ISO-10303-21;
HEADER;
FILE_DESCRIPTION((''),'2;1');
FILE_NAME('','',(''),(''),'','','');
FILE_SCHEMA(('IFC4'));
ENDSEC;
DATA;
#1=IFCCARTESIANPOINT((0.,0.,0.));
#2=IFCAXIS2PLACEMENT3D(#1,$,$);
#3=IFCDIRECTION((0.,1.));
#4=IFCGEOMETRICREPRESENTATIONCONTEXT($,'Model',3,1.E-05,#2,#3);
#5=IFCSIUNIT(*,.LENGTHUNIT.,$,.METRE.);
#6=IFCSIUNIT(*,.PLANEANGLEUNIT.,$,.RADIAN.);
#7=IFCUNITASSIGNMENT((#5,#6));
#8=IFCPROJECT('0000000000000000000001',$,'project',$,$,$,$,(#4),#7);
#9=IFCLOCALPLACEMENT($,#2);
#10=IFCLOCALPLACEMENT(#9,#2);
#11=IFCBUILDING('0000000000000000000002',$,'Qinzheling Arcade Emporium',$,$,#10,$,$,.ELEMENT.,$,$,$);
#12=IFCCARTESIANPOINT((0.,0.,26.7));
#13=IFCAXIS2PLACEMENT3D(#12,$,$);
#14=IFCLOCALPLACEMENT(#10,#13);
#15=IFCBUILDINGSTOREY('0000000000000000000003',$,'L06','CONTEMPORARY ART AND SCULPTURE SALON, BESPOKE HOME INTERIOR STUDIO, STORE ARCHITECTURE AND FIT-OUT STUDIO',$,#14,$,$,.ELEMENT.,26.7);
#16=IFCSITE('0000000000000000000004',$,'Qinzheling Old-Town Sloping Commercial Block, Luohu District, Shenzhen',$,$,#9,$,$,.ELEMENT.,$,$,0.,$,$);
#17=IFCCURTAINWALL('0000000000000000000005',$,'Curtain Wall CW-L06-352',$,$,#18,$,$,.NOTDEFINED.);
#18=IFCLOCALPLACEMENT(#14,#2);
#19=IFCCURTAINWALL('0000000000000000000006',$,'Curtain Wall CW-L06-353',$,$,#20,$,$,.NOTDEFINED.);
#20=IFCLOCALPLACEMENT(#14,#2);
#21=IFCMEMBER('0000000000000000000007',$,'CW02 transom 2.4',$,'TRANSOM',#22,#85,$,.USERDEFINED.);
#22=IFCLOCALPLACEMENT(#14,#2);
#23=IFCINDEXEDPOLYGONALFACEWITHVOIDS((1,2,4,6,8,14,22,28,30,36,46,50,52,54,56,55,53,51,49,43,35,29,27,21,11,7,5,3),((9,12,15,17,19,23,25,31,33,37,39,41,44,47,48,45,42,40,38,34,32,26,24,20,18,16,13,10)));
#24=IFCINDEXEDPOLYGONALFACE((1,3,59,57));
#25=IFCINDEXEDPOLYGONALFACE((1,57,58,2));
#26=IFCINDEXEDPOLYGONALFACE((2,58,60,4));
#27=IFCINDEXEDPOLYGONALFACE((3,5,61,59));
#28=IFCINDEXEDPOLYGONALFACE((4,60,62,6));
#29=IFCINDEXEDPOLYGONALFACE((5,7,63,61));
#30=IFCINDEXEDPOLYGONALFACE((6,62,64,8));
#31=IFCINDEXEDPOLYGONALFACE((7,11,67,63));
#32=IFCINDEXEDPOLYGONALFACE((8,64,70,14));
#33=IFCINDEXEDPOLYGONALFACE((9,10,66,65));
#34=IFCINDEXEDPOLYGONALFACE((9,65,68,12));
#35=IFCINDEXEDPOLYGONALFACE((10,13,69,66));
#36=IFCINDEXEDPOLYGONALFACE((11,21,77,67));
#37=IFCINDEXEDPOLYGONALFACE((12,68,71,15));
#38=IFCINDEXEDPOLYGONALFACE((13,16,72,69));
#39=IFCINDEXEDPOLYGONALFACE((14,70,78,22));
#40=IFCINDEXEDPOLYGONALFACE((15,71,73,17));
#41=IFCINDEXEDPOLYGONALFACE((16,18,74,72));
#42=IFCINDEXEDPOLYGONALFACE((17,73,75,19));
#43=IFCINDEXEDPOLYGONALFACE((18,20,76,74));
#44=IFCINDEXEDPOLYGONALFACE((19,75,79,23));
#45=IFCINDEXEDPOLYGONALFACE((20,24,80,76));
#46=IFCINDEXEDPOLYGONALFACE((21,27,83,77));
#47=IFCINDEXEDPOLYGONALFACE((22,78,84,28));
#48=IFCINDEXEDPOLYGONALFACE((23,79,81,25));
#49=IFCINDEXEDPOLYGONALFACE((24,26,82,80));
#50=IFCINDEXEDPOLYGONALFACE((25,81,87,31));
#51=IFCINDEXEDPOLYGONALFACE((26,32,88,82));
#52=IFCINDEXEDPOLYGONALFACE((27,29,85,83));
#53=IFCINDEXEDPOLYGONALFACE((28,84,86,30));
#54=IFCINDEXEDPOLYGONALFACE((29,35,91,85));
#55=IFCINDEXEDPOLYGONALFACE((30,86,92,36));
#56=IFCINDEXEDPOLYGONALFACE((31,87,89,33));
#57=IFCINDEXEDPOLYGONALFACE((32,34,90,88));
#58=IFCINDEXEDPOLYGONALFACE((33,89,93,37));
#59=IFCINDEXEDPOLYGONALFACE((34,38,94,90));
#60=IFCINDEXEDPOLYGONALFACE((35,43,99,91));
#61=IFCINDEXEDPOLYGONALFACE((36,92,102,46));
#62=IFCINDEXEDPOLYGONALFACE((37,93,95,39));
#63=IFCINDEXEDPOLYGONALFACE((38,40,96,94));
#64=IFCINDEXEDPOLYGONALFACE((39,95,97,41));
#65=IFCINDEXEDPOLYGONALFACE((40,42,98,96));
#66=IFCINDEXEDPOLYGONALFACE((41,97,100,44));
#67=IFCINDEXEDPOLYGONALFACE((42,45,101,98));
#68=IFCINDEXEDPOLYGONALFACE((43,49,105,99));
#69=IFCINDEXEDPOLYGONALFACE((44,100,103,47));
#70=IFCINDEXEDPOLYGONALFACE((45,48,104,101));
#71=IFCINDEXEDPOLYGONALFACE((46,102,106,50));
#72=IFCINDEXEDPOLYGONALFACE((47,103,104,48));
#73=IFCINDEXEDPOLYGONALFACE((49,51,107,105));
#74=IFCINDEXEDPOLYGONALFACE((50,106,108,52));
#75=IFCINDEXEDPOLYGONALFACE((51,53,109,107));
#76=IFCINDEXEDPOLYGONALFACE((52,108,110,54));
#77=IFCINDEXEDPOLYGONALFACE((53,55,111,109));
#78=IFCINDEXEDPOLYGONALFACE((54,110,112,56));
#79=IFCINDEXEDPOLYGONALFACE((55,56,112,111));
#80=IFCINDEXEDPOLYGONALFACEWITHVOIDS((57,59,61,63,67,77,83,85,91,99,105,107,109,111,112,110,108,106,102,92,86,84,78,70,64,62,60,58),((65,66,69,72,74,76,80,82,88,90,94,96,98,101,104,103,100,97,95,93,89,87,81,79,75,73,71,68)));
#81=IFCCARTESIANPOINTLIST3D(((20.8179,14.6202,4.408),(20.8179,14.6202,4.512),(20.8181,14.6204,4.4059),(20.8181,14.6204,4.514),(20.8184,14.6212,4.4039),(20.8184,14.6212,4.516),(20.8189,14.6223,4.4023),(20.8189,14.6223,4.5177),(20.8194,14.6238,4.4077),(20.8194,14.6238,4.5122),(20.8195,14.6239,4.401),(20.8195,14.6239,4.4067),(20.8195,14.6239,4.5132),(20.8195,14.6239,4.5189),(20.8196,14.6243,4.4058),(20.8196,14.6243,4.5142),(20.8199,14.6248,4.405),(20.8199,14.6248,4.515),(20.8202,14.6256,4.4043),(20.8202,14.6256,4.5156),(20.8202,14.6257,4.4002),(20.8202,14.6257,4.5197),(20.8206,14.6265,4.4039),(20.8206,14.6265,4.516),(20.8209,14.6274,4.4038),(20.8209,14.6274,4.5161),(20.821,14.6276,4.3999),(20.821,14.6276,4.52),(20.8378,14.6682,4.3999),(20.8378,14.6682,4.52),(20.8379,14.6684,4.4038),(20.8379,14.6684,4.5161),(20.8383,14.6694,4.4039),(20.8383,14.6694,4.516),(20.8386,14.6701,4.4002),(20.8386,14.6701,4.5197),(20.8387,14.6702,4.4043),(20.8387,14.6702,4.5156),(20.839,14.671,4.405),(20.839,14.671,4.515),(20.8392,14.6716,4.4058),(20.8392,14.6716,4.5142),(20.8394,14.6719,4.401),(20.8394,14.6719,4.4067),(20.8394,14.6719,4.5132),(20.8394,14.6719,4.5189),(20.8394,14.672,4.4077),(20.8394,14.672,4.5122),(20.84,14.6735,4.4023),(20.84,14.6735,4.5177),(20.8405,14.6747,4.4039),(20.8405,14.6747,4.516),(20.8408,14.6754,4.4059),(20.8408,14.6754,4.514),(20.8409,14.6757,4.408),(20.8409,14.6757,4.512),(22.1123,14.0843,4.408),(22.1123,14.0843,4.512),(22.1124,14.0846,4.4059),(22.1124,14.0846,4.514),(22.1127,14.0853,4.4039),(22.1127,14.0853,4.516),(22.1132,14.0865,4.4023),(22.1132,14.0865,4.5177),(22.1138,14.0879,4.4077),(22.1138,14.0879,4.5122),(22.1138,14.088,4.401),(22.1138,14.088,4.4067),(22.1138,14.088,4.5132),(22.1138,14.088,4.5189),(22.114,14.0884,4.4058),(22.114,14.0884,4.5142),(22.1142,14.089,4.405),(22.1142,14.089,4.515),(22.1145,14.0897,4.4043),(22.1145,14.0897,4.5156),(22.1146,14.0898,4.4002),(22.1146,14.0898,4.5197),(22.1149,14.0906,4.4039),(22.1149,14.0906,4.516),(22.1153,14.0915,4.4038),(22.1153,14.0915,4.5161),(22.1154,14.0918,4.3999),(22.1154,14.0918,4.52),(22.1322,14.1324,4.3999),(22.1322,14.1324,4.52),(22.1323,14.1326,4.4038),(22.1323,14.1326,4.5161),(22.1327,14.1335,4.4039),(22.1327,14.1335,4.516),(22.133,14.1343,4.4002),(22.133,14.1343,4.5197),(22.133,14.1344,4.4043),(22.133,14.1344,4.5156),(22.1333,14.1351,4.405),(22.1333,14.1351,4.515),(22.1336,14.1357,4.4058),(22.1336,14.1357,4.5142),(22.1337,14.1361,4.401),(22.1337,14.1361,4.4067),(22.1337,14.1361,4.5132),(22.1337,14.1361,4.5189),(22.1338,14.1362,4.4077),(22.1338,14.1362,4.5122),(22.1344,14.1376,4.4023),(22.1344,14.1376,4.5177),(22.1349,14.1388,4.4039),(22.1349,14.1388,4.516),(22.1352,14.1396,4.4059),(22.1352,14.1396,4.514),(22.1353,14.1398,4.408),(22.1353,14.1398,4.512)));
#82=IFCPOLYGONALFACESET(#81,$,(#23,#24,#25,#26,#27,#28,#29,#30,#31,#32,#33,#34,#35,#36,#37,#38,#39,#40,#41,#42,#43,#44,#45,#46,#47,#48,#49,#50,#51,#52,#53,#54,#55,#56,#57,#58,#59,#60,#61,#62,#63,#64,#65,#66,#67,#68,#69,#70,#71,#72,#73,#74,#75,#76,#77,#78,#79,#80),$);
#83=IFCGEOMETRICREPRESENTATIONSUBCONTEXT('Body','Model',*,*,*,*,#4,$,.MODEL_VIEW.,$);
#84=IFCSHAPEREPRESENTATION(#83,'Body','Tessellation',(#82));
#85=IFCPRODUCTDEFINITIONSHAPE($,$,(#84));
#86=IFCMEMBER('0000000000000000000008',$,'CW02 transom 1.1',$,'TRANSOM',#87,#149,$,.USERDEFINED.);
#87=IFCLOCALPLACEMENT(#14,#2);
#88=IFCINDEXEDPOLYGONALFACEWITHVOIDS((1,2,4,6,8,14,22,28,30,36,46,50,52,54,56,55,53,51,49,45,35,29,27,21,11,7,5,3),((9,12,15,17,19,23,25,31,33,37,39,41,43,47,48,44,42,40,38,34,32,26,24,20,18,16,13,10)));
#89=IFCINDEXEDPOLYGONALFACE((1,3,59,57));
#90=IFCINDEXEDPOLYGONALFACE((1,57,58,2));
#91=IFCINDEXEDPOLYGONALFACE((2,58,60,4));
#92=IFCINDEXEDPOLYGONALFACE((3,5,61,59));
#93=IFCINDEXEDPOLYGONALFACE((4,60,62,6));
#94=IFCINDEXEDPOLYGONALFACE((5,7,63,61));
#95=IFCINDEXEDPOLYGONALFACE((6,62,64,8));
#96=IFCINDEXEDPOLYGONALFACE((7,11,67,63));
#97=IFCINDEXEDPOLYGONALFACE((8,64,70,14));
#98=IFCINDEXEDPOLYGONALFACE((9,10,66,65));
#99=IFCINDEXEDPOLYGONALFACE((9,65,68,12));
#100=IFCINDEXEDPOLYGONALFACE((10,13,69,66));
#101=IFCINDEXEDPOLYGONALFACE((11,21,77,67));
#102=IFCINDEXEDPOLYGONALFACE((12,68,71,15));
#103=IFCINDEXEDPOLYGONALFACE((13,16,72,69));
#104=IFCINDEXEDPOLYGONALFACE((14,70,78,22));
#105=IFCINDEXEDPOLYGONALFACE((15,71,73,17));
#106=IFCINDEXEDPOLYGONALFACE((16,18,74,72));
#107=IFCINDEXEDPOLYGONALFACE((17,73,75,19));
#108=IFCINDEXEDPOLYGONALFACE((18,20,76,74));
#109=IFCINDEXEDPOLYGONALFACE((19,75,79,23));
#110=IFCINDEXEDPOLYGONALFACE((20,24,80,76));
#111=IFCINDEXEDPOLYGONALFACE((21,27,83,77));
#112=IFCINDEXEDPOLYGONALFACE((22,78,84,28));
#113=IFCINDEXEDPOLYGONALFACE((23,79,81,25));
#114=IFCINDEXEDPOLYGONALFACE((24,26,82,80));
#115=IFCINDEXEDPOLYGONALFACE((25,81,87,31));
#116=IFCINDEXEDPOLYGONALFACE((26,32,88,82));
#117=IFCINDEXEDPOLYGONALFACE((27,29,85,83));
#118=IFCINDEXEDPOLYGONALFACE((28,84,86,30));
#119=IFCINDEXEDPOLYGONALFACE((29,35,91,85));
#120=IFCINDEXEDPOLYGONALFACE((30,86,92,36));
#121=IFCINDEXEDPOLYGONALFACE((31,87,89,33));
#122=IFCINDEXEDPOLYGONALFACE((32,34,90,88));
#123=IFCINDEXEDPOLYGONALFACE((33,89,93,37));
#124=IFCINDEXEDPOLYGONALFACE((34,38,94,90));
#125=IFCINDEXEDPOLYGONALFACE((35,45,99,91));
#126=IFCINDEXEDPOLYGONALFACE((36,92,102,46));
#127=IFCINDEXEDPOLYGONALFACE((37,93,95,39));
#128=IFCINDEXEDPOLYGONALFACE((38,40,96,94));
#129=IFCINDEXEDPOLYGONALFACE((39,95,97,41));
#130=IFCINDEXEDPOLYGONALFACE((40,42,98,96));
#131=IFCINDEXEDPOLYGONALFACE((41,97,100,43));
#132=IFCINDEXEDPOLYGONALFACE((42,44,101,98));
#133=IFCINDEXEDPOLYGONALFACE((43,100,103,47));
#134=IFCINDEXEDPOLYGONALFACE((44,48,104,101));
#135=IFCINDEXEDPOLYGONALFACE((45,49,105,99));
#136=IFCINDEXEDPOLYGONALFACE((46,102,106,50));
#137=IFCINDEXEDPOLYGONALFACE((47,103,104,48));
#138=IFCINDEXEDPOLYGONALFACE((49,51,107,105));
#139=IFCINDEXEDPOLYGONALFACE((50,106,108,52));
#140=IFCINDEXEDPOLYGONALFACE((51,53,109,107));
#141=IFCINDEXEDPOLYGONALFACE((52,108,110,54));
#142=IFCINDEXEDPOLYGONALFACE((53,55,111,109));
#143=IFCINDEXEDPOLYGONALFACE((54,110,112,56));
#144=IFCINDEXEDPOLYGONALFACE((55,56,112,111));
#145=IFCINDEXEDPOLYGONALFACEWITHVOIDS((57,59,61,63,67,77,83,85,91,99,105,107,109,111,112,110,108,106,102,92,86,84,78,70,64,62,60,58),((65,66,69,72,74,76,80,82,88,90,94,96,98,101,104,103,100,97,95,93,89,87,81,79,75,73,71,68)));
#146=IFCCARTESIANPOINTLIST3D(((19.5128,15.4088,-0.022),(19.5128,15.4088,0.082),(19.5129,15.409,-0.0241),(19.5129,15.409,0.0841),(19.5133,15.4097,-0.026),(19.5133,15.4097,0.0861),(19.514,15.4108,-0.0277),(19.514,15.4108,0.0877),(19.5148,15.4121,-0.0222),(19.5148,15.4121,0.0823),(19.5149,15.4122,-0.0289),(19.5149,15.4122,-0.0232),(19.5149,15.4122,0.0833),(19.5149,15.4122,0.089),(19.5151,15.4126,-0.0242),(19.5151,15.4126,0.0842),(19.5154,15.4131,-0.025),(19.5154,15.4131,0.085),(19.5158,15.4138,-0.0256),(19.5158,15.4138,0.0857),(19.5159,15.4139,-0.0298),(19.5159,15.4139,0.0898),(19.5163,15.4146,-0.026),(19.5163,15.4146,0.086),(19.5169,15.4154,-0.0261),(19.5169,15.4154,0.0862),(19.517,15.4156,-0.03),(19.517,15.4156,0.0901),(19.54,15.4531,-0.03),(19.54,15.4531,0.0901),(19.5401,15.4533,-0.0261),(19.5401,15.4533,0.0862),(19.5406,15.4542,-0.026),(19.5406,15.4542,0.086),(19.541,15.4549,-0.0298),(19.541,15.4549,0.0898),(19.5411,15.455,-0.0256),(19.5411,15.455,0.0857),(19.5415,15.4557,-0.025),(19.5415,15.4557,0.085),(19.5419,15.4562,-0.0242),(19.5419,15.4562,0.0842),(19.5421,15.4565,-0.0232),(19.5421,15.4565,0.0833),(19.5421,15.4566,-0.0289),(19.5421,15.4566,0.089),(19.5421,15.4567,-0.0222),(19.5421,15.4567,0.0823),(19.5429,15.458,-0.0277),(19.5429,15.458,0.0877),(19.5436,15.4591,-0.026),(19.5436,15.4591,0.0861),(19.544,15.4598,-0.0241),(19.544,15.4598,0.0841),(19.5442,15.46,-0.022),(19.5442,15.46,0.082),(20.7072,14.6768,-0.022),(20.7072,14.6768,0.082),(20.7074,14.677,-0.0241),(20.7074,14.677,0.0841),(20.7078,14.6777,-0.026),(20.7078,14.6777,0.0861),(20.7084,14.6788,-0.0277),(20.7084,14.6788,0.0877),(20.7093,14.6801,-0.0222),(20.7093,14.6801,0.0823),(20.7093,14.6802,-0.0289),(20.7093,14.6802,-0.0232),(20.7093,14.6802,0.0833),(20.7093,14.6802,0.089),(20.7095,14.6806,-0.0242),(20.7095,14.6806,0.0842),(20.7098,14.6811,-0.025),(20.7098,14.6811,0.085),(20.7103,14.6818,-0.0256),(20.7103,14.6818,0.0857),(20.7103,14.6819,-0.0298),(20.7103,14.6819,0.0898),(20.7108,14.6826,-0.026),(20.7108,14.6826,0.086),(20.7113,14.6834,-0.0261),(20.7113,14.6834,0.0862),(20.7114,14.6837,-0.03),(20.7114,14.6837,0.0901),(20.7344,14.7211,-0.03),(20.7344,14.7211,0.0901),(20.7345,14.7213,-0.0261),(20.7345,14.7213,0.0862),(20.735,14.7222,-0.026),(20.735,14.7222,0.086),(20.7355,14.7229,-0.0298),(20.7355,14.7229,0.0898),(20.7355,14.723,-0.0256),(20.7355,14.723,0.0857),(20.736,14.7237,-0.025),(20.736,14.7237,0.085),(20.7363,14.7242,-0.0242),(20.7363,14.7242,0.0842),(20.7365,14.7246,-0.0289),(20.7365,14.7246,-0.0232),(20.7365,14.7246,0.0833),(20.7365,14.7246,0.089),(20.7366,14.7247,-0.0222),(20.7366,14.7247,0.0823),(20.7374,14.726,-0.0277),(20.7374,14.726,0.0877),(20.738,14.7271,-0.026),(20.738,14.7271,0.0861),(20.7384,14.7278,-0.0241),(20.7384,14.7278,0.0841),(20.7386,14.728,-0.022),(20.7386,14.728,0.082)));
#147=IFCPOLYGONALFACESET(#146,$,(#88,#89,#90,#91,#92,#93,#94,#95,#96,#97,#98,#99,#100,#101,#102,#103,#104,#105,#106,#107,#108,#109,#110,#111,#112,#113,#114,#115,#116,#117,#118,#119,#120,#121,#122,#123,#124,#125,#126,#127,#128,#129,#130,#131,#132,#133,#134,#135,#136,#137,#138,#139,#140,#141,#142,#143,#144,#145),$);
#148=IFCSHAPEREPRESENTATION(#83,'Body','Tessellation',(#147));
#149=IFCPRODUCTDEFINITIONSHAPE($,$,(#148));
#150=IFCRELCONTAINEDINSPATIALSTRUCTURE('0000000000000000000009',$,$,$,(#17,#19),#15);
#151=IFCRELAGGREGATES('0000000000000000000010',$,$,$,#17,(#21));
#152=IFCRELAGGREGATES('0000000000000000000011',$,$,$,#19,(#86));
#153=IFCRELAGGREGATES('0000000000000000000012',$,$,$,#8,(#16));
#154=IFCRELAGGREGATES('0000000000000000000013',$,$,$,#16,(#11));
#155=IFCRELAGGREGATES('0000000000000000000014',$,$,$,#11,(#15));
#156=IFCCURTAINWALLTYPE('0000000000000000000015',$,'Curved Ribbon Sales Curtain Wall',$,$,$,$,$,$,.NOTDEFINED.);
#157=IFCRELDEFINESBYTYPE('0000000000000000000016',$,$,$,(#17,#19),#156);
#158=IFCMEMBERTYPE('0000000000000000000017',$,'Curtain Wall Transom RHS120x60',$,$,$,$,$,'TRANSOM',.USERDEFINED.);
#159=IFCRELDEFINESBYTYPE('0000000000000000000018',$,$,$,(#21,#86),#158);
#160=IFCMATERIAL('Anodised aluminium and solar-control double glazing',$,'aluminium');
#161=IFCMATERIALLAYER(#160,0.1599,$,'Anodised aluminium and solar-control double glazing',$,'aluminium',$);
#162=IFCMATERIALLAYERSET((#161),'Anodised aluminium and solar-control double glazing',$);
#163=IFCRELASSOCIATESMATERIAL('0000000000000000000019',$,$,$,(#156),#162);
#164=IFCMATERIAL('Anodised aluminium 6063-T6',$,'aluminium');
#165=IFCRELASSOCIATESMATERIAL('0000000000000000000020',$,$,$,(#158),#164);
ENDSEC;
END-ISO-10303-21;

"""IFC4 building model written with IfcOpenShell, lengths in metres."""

from ifc_helpers import new_model, si_unit, direction, frame, origin, origin_2d, place, context, subcontext, project, spatial, hollow_rectangle, extrude, material, layer, layer_set, material_profile, profile_set, type_object, element, aggregate, save


model = new_model("IFC4")

# Units and contexts
model_context = context("Model", 3, precision=1e-05, world=origin(), true_north=direction((0.0, 1.0)))
body_context = subcontext(model_context, "Body", "Model", "MODEL_VIEW")
ifc_project = project(units=[si_unit("LENGTHUNIT", "METRE"), si_unit("PLANEANGLEUNIT", "RADIAN")], contexts=[model_context])

# Site, building, storey
site_placement = place(None, origin())
site = spatial("IfcSite", under=ifc_project, at=site_placement, Name="Qinzheling Old-Town Sloping Commercial Block, Luohu District, Shenzhen", CompositionType="ELEMENT", RefElevation=0.0)
building_placement = place(site_placement, origin())
building = spatial("IfcBuilding", under=site, at=building_placement, Name="Qinzheling Arcade Emporium", CompositionType="ELEMENT")
storey_placement = place(building_placement, frame((0.0, 0.0, 26.7)))
storey = spatial("IfcBuildingStorey", under=building, at=storey_placement, Name="L06", Description="CONTEMPORARY ART AND SCULPTURE SALON, BESPOKE HOME INTERIOR STUDIO, STORE ARCHITECTURE AND FIT-OUT STUDIO", CompositionType="ELEMENT", Elevation=26.7)

# Curtain walls
ifc_material_1 = material(Name="Anodised aluminium and solar-control double glazing", Category="aluminium")
ifc_layer_1 = layer(ifc_material_1, 0.1599, Name="Anodised aluminium and solar-control double glazing", Category="aluminium")
ifc_layer_set_1 = layer_set([ifc_layer_1], Name="Anodised aluminium and solar-control double glazing")
curtain_wall_type = type_object("IfcCurtainWallType", Name="Curved Ribbon Sales Curtain Wall", PredefinedType="NOTDEFINED", material=ifc_layer_set_1)
curtain_wall_1_placement = place(storey_placement, origin())
curtain_wall_1 = element("IfcCurtainWall", 1, at=curtain_wall_1_placement, inside=storey, type_object=curtain_wall_type, Name="Curtain Wall CW-L06-352", PredefinedType="NOTDEFINED")
ifc_material_2 = material(Name="Anodised aluminium 6063-T6", Category="aluminium")
curtain_wall_2_placement = place(storey_placement, origin())
curtain_wall_2 = element("IfcCurtainWall", 2, at=curtain_wall_2_placement, inside=storey, type_object=curtain_wall_type, Name="Curtain Wall CW-L06-353", PredefinedType="NOTDEFINED")

# Members
ifc_material_profile_1 = material_profile(ifc_material_2, hollow_rectangle(XDim=0.0601, YDim=0.1201, WallThickness=0.0039, InnerFilletRadius=0.0039, OuterFilletRadius=0.0081, at=origin_2d()), Name="RHS 120x60x4", Category="aluminium")
ifc_profile_set_1 = profile_set([ifc_material_profile_1], Name="Anodised aluminium 6063-T6")
member_type_1 = type_object("IfcMemberType", Name="Curtain Wall Transom RHS120x60", ElementType="TRANSOM", PredefinedType="USERDEFINED", material=ifc_profile_set_1)
member_1_placement = place(storey_placement, frame((22.1238, 14.1121, 4.46), z_axis=(-0.923951, 0.382511, 0.0), x_axis=(-0.382511, -0.923951, 0.0)))
member_1 = element("IfcMember", 3, at=member_1_placement, type_object=member_type_1, Name="CW02 transom 2.4", ObjectType="TRANSOM", PredefinedType="USERDEFINED", context=body_context, shape_type="SweptSolid", body=[
    extrude(hollow_rectangle(XDim=0.0601, YDim=0.1201, WallThickness=0.0039, InnerFilletRadius=0.0039, OuterFilletRadius=0.0081, at=origin_2d()), origin(), (0.0, 0.0, 1.0), 1.4009),
])
member_2_placement = place(storey_placement, frame((20.7229, 14.7024, 0.03), z_axis=(-0.852626, 0.522521, 0.0), x_axis=(-0.522521, -0.852626, 0.0)))
member_2 = element("IfcMember", 4, at=member_2_placement, type_object=member_type_1, Name="CW02 transom 1.1", ObjectType="TRANSOM", PredefinedType="USERDEFINED", context=body_context, shape_type="SweptSolid", body=[
    extrude(hollow_rectangle(XDim=0.0601, YDim=0.1201, WallThickness=0.0039, InnerFilletRadius=0.0039, OuterFilletRadius=0.0081, at=origin_2d()), origin(), (0.0, 0.0, 1.0), 1.4009),
])

aggregate(curtain_wall_1, [member_1])
aggregate(curtain_wall_2, [member_2])

save(model, "model.ifc")
